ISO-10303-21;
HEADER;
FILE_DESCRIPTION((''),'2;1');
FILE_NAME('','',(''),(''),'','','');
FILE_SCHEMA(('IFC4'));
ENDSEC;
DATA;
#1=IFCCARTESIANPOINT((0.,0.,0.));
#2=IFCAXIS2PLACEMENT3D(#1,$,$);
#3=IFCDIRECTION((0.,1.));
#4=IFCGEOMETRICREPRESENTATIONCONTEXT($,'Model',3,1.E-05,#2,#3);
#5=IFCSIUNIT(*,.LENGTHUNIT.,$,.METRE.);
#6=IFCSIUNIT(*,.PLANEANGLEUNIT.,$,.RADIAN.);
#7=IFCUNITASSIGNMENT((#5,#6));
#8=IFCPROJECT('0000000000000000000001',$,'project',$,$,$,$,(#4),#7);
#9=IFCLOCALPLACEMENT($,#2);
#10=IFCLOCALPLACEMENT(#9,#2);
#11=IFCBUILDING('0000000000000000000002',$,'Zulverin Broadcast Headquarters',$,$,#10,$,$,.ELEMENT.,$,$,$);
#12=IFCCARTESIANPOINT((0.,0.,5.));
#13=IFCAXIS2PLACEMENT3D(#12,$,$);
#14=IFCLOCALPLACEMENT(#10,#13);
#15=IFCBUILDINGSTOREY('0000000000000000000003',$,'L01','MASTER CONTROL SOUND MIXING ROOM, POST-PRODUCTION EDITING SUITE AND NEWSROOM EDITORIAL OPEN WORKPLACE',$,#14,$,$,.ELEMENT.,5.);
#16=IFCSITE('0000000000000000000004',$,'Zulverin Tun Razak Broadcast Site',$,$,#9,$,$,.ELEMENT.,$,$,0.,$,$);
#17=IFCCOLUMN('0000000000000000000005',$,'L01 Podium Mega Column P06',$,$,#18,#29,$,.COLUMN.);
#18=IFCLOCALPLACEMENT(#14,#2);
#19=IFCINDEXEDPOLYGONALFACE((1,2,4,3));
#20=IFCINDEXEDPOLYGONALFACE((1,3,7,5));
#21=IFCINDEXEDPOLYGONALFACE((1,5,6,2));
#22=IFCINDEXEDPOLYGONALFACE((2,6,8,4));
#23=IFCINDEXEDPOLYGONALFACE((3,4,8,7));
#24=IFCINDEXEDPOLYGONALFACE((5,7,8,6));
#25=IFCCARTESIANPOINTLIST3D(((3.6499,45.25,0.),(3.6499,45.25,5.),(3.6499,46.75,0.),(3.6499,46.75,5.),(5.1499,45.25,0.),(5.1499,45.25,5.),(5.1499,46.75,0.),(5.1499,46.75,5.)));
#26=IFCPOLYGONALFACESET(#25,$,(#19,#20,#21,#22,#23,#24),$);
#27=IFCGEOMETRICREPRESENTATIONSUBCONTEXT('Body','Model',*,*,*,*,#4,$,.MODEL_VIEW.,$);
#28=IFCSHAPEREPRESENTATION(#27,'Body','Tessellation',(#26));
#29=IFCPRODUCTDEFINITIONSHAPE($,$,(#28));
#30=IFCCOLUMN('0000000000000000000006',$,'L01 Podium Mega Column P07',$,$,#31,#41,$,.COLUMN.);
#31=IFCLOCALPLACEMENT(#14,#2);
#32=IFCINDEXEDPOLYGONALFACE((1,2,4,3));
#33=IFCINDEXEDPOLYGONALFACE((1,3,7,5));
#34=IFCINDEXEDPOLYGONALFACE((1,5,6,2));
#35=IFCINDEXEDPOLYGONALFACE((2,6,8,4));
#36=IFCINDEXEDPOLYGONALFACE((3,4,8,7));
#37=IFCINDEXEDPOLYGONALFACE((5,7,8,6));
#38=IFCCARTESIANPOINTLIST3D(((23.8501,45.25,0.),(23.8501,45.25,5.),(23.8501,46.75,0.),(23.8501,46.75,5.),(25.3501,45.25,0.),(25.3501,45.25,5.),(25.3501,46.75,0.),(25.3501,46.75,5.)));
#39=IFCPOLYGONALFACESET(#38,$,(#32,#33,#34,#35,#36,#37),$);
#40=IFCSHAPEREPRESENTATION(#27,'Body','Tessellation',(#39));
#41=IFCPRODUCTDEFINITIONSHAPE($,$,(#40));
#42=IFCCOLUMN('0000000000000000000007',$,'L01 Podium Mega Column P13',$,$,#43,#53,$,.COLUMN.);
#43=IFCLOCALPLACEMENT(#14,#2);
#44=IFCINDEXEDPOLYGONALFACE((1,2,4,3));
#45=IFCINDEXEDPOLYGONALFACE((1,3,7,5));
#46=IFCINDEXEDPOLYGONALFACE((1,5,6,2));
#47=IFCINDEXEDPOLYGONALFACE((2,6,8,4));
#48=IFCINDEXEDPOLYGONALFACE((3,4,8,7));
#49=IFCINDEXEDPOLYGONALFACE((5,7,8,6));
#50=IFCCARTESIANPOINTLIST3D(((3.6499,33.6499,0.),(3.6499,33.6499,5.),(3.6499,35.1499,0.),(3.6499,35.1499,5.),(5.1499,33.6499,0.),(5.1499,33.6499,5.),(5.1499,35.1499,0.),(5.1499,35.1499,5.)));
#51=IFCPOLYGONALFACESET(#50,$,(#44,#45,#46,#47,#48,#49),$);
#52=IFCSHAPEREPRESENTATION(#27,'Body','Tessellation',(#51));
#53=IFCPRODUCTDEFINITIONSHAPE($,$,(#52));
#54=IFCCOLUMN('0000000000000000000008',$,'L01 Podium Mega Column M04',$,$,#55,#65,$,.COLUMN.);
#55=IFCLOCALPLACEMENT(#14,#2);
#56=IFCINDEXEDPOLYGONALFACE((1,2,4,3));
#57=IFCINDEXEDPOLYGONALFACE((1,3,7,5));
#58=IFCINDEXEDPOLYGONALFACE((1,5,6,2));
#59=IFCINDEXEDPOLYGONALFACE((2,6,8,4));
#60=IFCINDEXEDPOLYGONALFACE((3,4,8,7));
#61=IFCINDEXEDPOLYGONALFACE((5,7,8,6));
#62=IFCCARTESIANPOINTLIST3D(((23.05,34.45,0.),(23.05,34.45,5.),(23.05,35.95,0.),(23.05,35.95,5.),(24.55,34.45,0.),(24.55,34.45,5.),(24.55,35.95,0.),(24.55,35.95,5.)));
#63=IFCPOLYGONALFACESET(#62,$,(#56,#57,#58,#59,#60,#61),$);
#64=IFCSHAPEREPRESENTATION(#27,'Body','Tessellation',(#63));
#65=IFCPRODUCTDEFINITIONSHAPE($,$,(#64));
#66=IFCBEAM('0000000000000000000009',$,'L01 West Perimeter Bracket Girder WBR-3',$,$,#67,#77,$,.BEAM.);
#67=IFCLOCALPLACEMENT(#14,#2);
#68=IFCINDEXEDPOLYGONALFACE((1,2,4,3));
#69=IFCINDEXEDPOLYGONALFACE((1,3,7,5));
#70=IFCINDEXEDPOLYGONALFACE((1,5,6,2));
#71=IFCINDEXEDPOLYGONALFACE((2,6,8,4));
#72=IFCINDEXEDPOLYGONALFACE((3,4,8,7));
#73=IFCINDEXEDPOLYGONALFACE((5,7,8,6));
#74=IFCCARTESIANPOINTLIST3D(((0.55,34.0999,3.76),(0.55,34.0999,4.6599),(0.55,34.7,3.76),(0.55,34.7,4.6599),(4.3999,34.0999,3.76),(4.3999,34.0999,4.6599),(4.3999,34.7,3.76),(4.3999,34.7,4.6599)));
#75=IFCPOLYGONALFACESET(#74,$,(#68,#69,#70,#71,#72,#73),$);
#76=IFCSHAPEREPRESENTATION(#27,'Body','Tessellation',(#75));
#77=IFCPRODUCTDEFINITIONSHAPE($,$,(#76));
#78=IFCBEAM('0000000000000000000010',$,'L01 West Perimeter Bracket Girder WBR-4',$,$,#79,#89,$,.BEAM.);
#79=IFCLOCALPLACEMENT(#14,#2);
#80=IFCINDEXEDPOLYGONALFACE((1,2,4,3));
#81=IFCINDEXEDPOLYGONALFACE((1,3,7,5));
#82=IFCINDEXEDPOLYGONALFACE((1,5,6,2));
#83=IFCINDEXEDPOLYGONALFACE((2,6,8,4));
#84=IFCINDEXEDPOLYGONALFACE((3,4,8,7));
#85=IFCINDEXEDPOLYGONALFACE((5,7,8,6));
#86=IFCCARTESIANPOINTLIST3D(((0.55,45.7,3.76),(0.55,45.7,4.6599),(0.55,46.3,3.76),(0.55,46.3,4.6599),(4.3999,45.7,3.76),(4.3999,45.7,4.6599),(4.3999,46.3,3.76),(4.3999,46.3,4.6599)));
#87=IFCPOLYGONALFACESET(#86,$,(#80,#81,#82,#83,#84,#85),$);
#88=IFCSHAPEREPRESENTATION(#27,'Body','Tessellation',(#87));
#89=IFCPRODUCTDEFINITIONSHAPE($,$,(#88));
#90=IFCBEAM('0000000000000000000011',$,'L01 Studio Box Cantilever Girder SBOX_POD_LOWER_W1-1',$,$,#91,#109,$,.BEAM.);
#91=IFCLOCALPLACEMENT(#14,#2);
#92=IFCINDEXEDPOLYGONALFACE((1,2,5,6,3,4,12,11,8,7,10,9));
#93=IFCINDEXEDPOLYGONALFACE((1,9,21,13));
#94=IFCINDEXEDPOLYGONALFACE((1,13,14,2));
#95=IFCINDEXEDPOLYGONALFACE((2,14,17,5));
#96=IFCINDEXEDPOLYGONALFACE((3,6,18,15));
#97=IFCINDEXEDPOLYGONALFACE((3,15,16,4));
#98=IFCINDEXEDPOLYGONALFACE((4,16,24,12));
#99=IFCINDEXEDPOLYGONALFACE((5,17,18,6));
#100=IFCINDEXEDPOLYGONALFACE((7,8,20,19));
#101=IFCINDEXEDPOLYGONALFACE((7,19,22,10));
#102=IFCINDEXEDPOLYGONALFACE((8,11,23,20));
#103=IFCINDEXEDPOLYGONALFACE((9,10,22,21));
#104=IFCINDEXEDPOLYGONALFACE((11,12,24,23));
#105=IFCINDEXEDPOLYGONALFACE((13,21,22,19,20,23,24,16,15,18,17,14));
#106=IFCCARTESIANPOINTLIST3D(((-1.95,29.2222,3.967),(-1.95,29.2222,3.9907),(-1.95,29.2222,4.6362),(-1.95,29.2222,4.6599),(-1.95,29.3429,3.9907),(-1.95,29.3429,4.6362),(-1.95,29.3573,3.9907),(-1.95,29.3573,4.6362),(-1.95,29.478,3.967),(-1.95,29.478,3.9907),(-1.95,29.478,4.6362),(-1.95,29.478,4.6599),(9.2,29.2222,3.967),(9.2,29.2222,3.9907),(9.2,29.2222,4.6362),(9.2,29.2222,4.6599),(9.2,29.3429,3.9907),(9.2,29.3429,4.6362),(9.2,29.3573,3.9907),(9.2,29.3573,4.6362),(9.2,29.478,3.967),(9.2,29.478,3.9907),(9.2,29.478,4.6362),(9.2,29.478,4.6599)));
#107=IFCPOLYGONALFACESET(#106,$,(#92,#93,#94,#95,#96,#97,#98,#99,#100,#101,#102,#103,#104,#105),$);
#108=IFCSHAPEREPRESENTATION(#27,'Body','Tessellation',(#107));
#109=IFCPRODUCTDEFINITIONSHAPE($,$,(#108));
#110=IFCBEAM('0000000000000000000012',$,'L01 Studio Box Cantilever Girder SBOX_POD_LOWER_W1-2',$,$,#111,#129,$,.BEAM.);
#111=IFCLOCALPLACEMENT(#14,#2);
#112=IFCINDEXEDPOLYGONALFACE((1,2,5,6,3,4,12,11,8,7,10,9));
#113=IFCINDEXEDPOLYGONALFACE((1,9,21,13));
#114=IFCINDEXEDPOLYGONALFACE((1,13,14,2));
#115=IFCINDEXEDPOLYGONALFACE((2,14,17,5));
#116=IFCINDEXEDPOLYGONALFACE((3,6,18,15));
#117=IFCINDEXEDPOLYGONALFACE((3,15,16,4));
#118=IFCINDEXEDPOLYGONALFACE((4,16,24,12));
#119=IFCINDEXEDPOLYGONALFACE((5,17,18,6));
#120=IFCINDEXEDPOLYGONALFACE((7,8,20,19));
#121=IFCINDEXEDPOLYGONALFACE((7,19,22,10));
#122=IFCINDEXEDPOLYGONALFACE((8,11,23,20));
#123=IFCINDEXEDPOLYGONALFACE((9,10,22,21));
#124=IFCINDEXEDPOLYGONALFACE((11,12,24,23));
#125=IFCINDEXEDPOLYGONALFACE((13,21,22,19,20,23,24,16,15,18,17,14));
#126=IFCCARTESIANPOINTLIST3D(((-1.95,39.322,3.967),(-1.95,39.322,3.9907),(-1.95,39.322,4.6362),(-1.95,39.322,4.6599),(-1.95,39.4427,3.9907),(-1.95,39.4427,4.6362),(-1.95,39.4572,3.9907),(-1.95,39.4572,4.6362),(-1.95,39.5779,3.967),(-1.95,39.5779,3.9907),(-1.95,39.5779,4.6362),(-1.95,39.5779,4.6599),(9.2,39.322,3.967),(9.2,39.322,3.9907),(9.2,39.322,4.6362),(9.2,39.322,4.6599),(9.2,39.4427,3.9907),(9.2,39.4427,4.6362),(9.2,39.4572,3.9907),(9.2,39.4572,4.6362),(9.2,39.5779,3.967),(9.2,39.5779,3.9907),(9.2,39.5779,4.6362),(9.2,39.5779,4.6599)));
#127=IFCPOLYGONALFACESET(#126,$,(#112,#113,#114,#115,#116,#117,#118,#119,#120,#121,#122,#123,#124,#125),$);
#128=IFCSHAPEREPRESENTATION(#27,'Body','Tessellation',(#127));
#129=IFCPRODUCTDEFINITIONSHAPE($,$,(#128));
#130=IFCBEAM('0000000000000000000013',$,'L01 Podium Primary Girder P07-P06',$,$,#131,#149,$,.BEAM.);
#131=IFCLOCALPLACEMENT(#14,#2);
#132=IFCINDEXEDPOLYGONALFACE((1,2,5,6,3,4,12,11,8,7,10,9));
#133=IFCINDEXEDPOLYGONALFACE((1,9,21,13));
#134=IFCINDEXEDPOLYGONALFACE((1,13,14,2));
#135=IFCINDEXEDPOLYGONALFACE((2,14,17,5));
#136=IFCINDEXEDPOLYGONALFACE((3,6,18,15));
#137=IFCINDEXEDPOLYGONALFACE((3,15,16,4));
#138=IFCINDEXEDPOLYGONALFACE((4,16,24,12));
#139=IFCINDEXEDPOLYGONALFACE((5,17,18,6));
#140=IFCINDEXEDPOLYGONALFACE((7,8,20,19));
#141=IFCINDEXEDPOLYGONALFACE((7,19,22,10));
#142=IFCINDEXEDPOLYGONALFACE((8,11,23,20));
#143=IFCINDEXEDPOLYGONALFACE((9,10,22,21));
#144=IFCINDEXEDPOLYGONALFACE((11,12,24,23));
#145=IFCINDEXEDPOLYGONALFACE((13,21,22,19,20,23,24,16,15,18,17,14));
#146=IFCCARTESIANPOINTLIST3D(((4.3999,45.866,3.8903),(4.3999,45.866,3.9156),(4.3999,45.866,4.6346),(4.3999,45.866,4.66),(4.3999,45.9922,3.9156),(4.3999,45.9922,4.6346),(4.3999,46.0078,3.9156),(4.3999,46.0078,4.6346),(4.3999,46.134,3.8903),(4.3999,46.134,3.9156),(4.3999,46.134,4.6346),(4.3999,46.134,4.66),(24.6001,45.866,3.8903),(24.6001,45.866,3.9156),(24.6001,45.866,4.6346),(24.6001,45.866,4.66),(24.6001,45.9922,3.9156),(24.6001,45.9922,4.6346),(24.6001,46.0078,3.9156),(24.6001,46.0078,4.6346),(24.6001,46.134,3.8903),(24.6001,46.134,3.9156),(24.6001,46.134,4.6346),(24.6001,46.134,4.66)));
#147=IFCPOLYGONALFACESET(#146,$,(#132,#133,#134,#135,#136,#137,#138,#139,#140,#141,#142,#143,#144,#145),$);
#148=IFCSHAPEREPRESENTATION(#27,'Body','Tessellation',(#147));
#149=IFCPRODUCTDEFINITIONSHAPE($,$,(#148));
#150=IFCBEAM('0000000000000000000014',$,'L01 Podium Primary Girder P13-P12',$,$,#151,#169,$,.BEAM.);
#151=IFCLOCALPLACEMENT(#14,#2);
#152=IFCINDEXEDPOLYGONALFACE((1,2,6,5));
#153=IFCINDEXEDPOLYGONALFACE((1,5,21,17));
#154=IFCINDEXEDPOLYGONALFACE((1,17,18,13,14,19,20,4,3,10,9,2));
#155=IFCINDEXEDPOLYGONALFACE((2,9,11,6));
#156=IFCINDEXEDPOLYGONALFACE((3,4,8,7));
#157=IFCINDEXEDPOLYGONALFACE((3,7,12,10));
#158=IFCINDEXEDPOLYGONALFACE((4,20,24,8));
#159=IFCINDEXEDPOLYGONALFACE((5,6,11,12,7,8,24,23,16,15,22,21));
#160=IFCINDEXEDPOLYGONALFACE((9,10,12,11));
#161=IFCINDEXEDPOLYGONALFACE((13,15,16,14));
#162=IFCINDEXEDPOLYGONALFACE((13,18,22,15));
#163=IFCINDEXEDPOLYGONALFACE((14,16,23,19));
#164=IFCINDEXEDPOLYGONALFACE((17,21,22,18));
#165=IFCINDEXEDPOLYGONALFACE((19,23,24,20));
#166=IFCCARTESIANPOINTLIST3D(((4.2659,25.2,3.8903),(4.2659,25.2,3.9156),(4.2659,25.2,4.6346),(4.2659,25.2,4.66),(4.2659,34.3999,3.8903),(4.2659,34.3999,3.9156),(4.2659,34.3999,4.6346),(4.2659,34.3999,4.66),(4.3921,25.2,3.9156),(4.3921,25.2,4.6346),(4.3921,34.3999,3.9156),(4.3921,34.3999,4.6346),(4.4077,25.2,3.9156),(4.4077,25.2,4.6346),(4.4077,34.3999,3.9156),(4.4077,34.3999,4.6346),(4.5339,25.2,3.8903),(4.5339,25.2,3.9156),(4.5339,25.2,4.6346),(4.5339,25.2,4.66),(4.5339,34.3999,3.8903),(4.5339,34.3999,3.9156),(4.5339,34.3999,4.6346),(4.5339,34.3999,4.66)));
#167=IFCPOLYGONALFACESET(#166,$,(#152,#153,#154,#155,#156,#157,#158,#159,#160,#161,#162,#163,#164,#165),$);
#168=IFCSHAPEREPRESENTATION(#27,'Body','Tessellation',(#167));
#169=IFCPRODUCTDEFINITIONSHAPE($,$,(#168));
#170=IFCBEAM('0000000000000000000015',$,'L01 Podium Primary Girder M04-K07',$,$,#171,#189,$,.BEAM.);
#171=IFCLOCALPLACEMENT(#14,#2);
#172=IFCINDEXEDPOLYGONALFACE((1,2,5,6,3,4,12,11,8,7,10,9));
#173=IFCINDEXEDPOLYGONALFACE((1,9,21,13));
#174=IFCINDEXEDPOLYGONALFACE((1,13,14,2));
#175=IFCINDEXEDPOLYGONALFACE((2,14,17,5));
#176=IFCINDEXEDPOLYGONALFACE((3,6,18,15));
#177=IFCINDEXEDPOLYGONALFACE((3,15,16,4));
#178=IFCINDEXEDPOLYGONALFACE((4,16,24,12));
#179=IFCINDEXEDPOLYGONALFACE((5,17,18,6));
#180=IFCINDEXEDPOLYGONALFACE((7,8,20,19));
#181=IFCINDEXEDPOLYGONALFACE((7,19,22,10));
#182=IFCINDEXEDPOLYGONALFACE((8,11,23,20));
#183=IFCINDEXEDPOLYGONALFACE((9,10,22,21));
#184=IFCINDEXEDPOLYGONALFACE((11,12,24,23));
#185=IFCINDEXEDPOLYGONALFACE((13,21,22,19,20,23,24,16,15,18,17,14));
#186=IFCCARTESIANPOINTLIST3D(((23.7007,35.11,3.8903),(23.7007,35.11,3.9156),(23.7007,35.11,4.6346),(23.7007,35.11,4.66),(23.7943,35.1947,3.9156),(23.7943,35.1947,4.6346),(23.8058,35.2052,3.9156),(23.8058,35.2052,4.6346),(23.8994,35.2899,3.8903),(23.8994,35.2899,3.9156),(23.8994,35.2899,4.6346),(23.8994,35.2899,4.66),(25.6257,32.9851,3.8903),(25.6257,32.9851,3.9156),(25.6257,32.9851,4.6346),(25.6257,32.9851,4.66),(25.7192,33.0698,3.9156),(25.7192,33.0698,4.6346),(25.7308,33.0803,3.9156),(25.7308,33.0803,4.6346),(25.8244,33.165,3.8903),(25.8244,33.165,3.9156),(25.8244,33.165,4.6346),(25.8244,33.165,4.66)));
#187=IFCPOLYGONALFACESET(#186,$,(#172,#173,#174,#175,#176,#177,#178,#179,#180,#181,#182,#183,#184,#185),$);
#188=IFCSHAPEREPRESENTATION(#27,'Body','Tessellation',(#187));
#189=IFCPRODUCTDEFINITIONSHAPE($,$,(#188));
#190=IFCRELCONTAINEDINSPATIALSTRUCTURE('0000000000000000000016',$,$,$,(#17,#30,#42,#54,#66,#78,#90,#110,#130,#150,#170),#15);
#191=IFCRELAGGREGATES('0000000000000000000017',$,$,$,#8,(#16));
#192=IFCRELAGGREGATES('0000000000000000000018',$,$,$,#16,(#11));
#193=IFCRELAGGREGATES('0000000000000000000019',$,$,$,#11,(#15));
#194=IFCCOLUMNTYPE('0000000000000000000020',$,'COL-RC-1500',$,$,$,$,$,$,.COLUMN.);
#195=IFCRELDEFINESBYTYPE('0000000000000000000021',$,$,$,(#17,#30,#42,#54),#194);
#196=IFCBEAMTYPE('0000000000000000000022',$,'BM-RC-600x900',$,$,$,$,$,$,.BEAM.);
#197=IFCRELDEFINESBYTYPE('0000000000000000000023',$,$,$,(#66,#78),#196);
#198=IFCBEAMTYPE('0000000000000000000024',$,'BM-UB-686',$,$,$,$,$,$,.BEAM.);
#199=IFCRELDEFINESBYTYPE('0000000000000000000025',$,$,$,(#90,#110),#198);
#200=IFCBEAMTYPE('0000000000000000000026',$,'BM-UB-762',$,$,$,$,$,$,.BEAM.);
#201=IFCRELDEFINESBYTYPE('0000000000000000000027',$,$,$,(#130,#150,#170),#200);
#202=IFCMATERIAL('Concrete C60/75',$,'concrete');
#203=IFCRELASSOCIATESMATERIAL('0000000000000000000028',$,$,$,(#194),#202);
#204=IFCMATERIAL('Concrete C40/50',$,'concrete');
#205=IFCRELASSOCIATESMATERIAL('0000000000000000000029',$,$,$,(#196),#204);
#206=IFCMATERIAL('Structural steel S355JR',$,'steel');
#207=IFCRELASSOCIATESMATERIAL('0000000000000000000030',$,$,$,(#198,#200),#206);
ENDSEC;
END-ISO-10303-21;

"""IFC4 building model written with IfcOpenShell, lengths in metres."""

from ifc_helpers import new_model, si_unit, direction, frame, origin, origin_2d, place, context, subcontext, project, spatial, rectangle, i_section, extrude, material, material_profile, profile_set, type_object, element, save


model = new_model("IFC4")

# Units and contexts
model_context = context("Model", 3, precision=1e-05, world=origin(), true_north=direction((0.0, 1.0)))
body_context = subcontext(model_context, "Body", "Model", "MODEL_VIEW")
ifc_project = project(units=[si_unit("LENGTHUNIT", "METRE"), si_unit("PLANEANGLEUNIT", "RADIAN")], contexts=[model_context])

# Site, building, storey
site_placement = place(None, origin())
site = spatial("IfcSite", under=ifc_project, at=site_placement, Name="Zulverin Tun Razak Broadcast Site", CompositionType="ELEMENT", RefElevation=0.0)
building_placement = place(site_placement, origin())
building = spatial("IfcBuilding", under=site, at=building_placement, Name="Zulverin Broadcast Headquarters", CompositionType="ELEMENT")
storey_placement = place(building_placement, frame((0.0, 0.0, 5.0)))
storey = spatial("IfcBuildingStorey", under=building, at=storey_placement, Name="L01", Description="MASTER CONTROL SOUND MIXING ROOM, POST-PRODUCTION EDITING SUITE AND NEWSROOM EDITORIAL OPEN WORKPLACE", CompositionType="ELEMENT", Elevation=5.0)

# Columns
ifc_material_1 = material(Name="Concrete C60/75", Category="concrete")
ifc_material_profile_1 = material_profile(ifc_material_1, rectangle(XDim=1.5, YDim=1.5, at=origin_2d()), Name="Concrete C60/75", Category="concrete")
ifc_profile_set_1 = profile_set([ifc_material_profile_1], Name="Concrete C60/75")
column_type = type_object("IfcColumnType", Name="COL-RC-1500", PredefinedType="COLUMN", material=ifc_profile_set_1)
for number, where, z_axis, x_axis, name in (
    (1, (4.3999, 46.0, 0.0), (0.0, 0.0, 1.0), (1.0, 0.0, 0.0), "L01 Podium Mega Column P06"),
    (2, (24.6001, 46.0, 0.0), (0.0, 0.0, 1.0), (1.0, 0.0, 0.0), "L01 Podium Mega Column P07"),
    (3, (4.3999, 34.3999, 0.0), (0.0, 0.0, 1.0), (1.0, 0.0, 0.0), "L01 Podium Mega Column P13"),
    (4, (23.8, 35.2, 0.0), (0.0, 0.0, 1.0), (1.0, 0.0, 0.0), "L01 Podium Mega Column M04"),
):
    element("IfcColumn", number, at=place(storey_placement, frame(where, z_axis=z_axis, x_axis=x_axis)), inside=storey, type_object=column_type, Name=name, PredefinedType="COLUMN", context=body_context, shape_type="SweptSolid", body=[
        extrude(rectangle(XDim=1.5, YDim=1.5, at=origin_2d()), origin(), (0.0, 0.0, 1.0), 5.0),
    ])

# Beams
ifc_material_2 = material(Name="Concrete C40/50", Category="concrete")
ifc_material_profile_2 = material_profile(ifc_material_2, rectangle(XDim=0.6001, YDim=0.8999, at=origin_2d()), Name="Concrete C40/50", Category="concrete")
ifc_profile_set_2 = profile_set([ifc_material_profile_2], Name="Concrete C40/50")
beam_type_1 = type_object("IfcBeamType", Name="BM-RC-600x900", PredefinedType="BEAM", material=ifc_profile_set_2)
for number, where, z_axis, x_axis, name in (
    (5, (4.3999, 34.3999, 4.21), (-1.0, 0.0, 0.0), (0.0, -1.0, 0.0), "L01 West Perimeter Bracket Girder WBR-3"),
    (6, (4.3999, 46.0, 4.21), (-1.0, 0.0, 0.0), (0.0, -1.0, 0.0), "L01 West Perimeter Bracket Girder WBR-4"),
):
    element("IfcBeam", number, at=place(storey_placement, frame(where, z_axis=z_axis, x_axis=x_axis)), inside=storey, type_object=beam_type_1, Name=name, PredefinedType="BEAM", context=body_context, shape_type="SweptSolid", body=[
        extrude(rectangle(XDim=0.6001, YDim=0.8999, at=origin_2d()), origin(), (0.0, 0.0, 1.0), 3.8499),
    ])
ifc_material_3 = material(Name="Structural steel S355JR", Category="steel")
ifc_material_profile_3 = material_profile(ifc_material_3, i_section(OverallWidth=0.2559, OverallDepth=0.6929, WebThickness=0.0144, FlangeThickness=0.0237, at=origin_2d()), Name="Structural steel S355JR", Category="steel")
ifc_profile_set_3 = profile_set([ifc_material_profile_3], Name="Structural steel S355JR")
beam_type_2 = type_object("IfcBeamType", Name="BM-UB-686", PredefinedType="BEAM", material=ifc_profile_set_3)
for number, where, z_axis, x_axis, name in (
    (7, (9.2, 29.3501, 4.3135), (-1.0, 0.0, 0.0), (0.0, -1.0, 0.0), "L01 Studio Box Cantilever Girder SBOX_POD_LOWER_W1-1"),
    (8, (9.2, 39.45, 4.3135), (-1.0, 0.0, 0.0), (0.0, -1.0, 0.0), "L01 Studio Box Cantilever Girder SBOX_POD_LOWER_W1-2"),
):
    element("IfcBeam", number, at=place(storey_placement, frame(where, z_axis=z_axis, x_axis=x_axis)), inside=storey, type_object=beam_type_2, Name=name, PredefinedType="BEAM", context=body_context, shape_type="SweptSolid", body=[
        extrude(i_section(OverallWidth=0.2559, OverallDepth=0.6929, WebThickness=0.0144, FlangeThickness=0.0237, at=origin_2d()), origin(), (0.0, 0.0, 1.0), 11.1499),
    ])
ifc_material_profile_4 = material_profile(ifc_material_3, i_section(OverallWidth=0.2681, OverallDepth=0.7698, WebThickness=0.0156, FlangeThickness=0.0254, at=origin_2d()), Name="Structural steel S355JR", Category="steel")
ifc_profile_set_4 = profile_set([ifc_material_profile_4], Name="Structural steel S355JR")
beam_type_3 = type_object("IfcBeamType", Name="BM-UB-762", PredefinedType="BEAM", material=ifc_profile_set_4)
beam_1_placement = place(storey_placement, frame((24.6001, 46.0, 4.2751), z_axis=(-1.0, 0.0, 0.0), x_axis=(0.0, -1.0, 0.0)))
element("IfcBeam", 9, at=beam_1_placement, inside=storey, type_object=beam_type_3, Name="L01 Podium Primary Girder P07-P06", PredefinedType="BEAM", context=body_context, shape_type="SweptSolid", body=[
    extrude(i_section(OverallWidth=0.2681, OverallDepth=0.7698, WebThickness=0.0156, FlangeThickness=0.0254, at=origin_2d()), origin(), (0.0, 0.0, 1.0), 20.2002),
])
beam_2_placement = place(storey_placement, frame((4.3999, 34.3999, 4.2751), z_axis=(0.0, -1.0, 0.0), x_axis=(1.0, 0.0, 0.0)))
element("IfcBeam", 10, at=beam_2_placement, inside=storey, type_object=beam_type_3, Name="L01 Podium Primary Girder P13-P12", PredefinedType="BEAM", context=body_context, shape_type="SweptSolid", body=[
    extrude(i_section(OverallWidth=0.2681, OverallDepth=0.7698, WebThickness=0.0156, FlangeThickness=0.0254, at=origin_2d()), origin(), (0.0, 0.0, 1.0), 9.2),
])
beam_3_placement = place(storey_placement, frame((23.8, 35.2, 4.2751), z_axis=(0.671379, -0.741114, 0.0), x_axis=(0.741114, 0.671379, 0.0)))
element("IfcBeam", 11, at=beam_3_placement, inside=storey, type_object=beam_type_3, Name="L01 Podium Primary Girder M04-K07", PredefinedType="BEAM", context=body_context, shape_type="SweptSolid", body=[
    extrude(i_section(OverallWidth=0.2681, OverallDepth=0.7698, WebThickness=0.0156, FlangeThickness=0.0254, at=origin_2d()), origin(), (0.0, 0.0, 1.0), 2.8672),
])

save(model, "model.ifc")
